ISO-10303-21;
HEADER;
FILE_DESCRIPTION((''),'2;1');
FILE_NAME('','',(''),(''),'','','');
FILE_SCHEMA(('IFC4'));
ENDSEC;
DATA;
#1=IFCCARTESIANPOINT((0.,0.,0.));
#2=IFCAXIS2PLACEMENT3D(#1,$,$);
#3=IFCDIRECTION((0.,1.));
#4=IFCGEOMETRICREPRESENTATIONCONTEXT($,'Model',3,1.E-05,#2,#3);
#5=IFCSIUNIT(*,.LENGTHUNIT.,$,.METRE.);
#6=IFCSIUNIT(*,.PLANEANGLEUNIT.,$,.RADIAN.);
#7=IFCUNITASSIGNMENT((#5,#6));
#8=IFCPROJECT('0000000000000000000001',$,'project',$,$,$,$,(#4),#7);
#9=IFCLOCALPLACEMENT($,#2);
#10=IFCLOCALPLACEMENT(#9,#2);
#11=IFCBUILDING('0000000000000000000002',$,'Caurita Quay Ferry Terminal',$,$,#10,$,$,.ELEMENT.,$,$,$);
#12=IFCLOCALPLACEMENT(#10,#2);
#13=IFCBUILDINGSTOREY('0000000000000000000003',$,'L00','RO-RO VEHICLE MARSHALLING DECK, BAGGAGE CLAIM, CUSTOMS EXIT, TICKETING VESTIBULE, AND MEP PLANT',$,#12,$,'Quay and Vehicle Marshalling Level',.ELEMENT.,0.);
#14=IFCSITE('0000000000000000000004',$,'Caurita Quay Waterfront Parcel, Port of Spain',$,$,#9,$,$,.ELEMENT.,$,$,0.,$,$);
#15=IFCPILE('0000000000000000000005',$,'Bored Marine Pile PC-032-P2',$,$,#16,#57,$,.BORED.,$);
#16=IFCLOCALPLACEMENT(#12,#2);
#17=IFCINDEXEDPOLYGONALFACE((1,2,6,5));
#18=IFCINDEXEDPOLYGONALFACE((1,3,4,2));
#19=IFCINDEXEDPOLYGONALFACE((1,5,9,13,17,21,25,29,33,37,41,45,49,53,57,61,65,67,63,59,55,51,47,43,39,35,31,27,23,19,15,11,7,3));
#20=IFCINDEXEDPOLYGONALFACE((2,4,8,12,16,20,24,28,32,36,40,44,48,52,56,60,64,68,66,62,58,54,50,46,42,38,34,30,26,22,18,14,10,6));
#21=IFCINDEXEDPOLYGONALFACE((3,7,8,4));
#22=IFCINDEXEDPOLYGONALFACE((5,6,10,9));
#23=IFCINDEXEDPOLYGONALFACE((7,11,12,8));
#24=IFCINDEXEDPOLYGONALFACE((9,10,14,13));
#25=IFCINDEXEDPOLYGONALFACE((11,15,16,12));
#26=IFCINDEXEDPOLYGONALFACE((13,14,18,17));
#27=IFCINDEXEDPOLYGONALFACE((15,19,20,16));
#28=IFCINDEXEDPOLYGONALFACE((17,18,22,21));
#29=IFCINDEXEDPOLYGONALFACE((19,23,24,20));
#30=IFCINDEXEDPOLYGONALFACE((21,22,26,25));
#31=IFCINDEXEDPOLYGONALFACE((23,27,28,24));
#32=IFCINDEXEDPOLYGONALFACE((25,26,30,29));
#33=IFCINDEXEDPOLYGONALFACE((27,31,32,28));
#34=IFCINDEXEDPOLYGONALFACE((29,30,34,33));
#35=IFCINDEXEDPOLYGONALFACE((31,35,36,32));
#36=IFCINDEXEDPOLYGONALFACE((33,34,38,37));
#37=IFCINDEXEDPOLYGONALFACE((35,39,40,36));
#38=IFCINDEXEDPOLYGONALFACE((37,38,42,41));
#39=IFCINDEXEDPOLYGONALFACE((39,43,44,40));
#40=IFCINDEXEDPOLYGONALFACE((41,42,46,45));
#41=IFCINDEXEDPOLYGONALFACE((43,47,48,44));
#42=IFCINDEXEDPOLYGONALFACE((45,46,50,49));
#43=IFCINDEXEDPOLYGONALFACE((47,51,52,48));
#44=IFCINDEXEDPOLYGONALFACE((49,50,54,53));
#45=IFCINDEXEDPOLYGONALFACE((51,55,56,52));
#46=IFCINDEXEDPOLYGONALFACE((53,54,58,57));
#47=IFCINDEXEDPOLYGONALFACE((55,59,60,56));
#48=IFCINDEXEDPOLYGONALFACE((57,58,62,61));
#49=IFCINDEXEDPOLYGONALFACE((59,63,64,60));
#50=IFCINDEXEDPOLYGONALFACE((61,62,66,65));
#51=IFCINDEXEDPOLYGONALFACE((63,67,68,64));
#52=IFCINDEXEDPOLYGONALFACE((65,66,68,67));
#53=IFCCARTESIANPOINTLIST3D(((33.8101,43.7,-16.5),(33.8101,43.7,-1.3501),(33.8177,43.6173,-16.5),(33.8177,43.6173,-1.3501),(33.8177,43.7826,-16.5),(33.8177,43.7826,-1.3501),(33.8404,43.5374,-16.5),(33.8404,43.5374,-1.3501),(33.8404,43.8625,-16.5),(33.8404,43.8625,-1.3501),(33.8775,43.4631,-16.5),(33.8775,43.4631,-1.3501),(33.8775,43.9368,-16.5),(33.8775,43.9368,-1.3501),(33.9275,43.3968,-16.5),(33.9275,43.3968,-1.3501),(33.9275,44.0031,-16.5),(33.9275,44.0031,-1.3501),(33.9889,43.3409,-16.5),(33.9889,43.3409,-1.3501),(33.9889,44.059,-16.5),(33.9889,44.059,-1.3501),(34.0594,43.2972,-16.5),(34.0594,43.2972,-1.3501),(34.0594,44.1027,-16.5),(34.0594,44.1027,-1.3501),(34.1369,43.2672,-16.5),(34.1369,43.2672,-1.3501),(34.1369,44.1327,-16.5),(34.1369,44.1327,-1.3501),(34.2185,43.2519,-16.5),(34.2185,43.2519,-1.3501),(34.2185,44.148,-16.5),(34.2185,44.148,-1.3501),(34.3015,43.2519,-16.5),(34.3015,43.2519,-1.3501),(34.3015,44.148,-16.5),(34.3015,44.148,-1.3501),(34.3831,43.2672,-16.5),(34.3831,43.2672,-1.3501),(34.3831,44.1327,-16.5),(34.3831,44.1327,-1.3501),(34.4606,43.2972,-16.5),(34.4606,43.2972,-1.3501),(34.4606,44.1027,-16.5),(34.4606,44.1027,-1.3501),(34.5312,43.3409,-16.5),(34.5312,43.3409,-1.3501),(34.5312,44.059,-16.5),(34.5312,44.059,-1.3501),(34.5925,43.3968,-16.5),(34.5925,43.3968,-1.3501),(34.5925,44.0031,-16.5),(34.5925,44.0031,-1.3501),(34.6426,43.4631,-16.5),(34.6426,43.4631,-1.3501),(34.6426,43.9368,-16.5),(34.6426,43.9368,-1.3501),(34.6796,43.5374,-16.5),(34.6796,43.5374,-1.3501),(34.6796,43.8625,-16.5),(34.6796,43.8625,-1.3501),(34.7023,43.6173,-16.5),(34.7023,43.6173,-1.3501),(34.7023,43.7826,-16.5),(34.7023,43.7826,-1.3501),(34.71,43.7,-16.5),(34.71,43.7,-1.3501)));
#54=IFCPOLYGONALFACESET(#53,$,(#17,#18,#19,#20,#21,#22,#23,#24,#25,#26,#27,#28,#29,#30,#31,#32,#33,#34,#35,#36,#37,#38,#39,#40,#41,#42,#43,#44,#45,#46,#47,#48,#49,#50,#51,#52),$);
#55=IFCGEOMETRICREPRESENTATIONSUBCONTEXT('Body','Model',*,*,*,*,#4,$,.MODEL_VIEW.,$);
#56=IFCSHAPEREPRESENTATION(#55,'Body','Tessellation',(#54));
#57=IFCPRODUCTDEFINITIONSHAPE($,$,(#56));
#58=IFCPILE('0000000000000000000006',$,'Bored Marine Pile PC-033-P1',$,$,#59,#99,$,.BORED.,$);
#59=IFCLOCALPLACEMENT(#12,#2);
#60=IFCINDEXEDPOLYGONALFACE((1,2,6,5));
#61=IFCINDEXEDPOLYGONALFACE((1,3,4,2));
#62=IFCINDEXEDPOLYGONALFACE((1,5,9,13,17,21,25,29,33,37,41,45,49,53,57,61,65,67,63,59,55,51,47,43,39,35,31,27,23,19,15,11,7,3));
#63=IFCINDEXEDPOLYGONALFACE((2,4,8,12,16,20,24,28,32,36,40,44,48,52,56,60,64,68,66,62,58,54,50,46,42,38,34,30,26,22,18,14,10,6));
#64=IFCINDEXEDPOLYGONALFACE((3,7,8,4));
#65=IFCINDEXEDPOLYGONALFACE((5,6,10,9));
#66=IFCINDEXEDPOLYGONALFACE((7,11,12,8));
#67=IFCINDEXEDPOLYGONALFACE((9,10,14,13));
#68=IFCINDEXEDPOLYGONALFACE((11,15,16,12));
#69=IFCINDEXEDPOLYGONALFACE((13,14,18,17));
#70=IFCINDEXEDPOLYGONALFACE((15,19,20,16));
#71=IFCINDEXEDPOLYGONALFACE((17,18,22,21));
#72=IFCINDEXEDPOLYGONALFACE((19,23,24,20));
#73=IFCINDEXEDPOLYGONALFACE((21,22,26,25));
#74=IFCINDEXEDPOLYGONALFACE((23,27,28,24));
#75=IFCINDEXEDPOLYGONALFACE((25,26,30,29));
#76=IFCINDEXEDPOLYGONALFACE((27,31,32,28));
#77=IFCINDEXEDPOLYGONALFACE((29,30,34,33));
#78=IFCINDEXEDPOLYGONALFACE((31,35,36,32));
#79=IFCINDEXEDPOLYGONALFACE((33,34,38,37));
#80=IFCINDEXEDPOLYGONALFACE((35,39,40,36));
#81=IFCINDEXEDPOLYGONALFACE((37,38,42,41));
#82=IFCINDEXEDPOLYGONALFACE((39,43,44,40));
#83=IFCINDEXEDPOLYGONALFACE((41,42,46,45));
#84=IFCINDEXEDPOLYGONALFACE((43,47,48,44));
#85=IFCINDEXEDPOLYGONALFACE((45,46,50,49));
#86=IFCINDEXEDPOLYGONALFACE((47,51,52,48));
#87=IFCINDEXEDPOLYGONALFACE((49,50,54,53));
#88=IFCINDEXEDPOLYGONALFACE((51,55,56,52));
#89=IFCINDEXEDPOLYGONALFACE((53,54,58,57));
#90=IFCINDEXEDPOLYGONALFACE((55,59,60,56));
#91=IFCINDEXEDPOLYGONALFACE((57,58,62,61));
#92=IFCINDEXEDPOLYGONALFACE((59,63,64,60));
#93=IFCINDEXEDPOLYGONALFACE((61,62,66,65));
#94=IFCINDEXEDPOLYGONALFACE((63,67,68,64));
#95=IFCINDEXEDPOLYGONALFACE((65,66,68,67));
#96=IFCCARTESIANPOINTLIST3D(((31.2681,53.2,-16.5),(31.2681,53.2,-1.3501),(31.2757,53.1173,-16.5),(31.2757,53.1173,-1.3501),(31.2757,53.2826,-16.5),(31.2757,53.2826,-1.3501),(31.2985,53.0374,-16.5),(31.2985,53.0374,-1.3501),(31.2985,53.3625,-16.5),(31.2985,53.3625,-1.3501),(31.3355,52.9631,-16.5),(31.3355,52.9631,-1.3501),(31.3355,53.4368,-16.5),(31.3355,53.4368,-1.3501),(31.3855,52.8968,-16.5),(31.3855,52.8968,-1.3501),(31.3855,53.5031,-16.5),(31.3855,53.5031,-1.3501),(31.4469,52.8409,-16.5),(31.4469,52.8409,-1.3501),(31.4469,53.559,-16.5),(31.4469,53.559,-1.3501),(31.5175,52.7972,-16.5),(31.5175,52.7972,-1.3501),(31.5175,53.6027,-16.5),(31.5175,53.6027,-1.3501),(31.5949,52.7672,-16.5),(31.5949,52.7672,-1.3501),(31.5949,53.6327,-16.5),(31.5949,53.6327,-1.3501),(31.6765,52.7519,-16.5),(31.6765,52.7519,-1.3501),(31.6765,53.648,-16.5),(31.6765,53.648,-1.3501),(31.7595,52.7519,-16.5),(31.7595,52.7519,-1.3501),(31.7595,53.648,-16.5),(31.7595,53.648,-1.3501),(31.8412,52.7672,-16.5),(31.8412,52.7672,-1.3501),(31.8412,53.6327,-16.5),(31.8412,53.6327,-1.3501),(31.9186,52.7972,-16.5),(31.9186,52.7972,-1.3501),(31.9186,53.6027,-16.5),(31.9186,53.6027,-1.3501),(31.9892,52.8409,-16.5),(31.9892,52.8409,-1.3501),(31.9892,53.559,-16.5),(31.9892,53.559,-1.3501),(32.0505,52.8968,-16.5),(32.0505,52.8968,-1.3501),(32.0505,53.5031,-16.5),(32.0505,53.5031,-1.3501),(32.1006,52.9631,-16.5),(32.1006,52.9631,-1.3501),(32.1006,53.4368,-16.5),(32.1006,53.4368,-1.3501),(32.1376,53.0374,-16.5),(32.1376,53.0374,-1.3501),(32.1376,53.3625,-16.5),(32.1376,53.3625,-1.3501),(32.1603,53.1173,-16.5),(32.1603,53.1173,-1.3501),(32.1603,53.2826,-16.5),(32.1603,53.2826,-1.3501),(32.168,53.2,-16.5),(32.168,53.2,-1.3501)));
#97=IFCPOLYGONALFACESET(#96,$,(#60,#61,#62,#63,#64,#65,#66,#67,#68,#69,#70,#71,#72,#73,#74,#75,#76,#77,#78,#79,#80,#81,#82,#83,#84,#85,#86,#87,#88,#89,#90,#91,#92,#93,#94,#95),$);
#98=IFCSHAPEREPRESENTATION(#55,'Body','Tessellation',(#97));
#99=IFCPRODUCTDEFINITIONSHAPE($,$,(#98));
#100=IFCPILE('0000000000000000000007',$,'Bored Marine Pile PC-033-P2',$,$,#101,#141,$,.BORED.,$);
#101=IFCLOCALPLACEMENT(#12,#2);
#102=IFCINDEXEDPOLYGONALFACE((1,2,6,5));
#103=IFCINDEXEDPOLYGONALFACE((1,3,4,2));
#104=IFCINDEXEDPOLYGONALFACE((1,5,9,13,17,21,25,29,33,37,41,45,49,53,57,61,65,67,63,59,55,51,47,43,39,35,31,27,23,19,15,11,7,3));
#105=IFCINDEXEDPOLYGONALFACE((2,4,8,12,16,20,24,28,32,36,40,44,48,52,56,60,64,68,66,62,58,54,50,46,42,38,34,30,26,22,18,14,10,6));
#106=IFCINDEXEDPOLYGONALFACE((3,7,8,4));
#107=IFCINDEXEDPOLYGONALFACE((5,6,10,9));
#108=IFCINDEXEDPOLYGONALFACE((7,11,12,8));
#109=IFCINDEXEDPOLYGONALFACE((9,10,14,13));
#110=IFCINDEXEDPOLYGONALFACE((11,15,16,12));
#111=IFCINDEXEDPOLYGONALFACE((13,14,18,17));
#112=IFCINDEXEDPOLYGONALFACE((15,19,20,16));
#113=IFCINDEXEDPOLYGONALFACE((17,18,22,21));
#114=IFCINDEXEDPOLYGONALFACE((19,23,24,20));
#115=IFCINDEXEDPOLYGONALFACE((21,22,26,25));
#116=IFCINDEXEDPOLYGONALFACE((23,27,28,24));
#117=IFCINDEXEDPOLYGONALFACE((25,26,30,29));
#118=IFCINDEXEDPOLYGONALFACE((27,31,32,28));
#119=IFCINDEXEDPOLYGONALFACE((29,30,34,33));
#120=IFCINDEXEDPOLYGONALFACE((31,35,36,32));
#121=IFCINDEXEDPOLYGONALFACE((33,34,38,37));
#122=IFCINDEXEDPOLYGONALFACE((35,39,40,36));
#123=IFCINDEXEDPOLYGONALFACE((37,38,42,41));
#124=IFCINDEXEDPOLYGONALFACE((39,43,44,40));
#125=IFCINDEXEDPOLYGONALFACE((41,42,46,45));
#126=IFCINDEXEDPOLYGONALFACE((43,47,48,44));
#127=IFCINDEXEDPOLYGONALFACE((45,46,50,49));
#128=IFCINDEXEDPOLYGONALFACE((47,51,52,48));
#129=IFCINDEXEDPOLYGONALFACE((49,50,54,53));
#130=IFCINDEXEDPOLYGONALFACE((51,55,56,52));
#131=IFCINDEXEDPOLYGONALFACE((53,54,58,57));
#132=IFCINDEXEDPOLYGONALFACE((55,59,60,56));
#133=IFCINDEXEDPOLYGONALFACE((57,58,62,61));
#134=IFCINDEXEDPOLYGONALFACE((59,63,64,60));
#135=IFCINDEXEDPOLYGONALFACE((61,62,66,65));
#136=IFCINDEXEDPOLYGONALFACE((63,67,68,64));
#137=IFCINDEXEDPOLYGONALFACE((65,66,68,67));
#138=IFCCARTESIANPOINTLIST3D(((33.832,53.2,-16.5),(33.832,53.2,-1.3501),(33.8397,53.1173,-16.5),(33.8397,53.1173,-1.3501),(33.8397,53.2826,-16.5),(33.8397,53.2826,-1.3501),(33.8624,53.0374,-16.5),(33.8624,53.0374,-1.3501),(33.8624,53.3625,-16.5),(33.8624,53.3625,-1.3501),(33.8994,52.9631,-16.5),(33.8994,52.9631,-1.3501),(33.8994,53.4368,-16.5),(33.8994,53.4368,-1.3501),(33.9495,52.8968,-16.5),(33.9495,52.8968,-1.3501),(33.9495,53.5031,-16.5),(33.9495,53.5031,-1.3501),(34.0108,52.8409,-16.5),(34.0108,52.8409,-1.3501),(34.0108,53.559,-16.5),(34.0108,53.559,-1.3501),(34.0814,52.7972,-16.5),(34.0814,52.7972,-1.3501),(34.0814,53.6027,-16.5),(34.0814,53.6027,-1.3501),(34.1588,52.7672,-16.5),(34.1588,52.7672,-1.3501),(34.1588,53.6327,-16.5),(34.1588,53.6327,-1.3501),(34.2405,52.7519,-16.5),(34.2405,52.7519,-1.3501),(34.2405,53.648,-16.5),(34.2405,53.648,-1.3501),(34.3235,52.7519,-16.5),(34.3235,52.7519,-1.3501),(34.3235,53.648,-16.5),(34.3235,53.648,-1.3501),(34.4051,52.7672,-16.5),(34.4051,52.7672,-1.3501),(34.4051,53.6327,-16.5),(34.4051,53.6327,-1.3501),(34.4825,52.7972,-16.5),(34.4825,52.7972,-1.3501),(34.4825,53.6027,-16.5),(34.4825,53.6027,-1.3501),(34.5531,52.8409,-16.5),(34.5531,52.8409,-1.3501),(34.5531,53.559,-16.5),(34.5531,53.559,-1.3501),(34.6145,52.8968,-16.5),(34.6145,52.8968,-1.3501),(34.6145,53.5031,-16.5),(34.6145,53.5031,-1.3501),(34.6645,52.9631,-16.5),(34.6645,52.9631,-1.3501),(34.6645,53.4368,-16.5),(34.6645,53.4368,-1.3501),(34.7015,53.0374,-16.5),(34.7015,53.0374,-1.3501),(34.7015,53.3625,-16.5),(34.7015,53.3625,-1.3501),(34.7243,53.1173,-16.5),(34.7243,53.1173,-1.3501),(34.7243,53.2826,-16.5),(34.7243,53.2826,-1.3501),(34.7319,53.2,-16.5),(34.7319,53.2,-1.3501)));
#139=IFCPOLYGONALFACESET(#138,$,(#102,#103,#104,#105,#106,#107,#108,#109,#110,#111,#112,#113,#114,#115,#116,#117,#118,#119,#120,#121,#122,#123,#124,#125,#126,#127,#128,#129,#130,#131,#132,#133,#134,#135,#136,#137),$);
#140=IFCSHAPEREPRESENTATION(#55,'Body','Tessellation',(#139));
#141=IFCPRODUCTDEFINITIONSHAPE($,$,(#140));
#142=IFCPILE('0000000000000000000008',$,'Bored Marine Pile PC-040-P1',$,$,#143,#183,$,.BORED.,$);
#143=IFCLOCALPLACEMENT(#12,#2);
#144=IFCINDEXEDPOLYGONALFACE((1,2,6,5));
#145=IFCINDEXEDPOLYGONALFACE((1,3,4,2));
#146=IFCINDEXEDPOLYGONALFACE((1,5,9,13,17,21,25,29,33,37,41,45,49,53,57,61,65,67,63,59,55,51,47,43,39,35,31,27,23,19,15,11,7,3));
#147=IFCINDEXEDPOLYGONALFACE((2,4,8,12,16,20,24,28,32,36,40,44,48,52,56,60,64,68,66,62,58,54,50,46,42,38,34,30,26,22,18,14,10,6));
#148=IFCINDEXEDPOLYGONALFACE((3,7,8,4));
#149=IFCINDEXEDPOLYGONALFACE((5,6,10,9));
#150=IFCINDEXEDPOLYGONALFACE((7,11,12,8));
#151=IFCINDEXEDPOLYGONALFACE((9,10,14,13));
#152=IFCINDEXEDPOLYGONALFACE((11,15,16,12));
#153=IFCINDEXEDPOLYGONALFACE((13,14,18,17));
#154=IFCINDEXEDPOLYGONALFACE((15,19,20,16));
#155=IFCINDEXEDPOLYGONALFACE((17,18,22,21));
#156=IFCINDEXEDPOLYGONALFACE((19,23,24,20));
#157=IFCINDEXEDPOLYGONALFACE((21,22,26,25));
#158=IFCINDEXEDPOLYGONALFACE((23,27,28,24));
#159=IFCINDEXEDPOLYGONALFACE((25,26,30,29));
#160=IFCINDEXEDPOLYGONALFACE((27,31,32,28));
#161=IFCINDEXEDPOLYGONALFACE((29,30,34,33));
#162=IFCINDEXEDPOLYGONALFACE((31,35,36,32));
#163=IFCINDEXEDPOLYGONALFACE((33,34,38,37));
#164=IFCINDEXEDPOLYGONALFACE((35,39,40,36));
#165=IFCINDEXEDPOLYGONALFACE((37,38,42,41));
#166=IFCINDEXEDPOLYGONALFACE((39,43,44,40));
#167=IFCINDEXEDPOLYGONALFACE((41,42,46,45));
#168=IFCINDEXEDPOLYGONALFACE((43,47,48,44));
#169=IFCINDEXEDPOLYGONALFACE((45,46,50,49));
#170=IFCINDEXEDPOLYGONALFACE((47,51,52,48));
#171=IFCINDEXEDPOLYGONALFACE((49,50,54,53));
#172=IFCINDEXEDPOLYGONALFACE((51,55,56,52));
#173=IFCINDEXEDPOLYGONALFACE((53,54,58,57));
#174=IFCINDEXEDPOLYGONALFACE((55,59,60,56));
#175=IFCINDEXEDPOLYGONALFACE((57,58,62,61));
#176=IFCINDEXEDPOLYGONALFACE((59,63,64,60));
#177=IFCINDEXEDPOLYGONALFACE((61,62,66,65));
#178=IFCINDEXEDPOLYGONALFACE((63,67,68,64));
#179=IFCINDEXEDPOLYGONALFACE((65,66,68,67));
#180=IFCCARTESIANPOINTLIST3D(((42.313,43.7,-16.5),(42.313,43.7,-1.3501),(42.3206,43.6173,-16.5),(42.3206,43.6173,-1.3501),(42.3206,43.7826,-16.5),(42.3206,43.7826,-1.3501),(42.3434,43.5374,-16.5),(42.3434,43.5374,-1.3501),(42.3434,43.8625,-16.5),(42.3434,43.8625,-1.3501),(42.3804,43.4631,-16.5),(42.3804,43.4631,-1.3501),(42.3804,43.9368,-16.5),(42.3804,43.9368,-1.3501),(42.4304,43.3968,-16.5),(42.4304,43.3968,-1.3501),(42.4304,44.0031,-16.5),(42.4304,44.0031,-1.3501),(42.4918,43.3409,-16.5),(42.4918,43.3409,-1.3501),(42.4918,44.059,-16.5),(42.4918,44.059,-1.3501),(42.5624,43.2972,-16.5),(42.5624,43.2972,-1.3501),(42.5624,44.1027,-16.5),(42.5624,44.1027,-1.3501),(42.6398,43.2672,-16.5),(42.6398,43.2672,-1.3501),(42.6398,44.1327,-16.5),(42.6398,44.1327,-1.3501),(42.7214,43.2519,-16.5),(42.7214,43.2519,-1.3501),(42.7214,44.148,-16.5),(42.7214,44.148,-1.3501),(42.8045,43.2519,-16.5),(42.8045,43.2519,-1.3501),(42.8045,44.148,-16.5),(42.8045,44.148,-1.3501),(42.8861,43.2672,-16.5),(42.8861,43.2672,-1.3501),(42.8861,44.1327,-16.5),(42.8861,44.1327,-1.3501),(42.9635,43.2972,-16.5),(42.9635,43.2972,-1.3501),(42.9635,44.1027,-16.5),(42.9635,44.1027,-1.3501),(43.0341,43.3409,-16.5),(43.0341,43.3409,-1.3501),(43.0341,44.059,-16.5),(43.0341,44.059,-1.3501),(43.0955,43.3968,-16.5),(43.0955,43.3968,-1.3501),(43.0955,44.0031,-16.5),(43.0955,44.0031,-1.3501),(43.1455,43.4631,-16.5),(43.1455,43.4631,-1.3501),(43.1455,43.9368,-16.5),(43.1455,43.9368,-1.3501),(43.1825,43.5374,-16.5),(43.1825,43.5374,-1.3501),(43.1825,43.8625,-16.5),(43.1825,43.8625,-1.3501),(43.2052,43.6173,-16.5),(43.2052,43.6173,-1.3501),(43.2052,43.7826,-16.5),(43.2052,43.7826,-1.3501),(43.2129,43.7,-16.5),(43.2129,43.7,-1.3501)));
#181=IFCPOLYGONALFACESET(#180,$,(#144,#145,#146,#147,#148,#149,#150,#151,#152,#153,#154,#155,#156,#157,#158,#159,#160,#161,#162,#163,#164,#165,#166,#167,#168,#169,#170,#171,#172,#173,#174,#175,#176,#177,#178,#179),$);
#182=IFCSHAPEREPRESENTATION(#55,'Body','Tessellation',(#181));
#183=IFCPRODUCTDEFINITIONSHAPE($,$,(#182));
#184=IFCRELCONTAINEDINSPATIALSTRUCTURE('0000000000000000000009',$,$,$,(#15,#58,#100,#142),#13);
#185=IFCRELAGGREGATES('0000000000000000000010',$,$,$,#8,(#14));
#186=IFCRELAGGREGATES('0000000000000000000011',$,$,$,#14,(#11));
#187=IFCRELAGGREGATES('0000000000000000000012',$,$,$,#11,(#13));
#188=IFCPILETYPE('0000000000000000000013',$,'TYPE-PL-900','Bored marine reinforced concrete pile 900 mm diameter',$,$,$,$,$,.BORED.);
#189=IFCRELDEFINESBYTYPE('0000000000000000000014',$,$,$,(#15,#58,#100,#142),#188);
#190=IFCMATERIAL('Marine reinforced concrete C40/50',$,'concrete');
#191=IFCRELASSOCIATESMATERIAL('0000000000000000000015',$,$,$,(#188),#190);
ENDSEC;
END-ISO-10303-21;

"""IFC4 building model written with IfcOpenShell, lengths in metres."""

from ifc_helpers import new_model, si_unit, direction, frame, origin, origin_2d, place, context, subcontext, project, spatial, circle, extrude, material, material_profile, profile_set, type_object, element, save


model = new_model("IFC4")

# Units and contexts
model_context = context("Model", 3, precision=1e-05, world=origin(), true_north=direction((0.0, 1.0)))
body_context = subcontext(model_context, "Body", "Model", "MODEL_VIEW")
ifc_project = project(units=[si_unit("LENGTHUNIT", "METRE"), si_unit("PLANEANGLEUNIT", "RADIAN")], contexts=[model_context])

# Site, building, storey
site_placement = place(None, origin())
site = spatial("IfcSite", under=ifc_project, at=site_placement, Name="Caurita Quay Waterfront Parcel, Port of Spain", CompositionType="ELEMENT", RefElevation=0.0)
building_placement = place(site_placement, origin())
building = spatial("IfcBuilding", under=site, at=building_placement, Name="Caurita Quay Ferry Terminal", CompositionType="ELEMENT")
storey_placement = place(building_placement, origin())
storey = spatial("IfcBuildingStorey", under=building, at=storey_placement, Name="L00", Description="RO-RO VEHICLE MARSHALLING DECK, BAGGAGE CLAIM, CUSTOMS EXIT, TICKETING VESTIBULE, AND MEP PLANT", LongName="Quay and Vehicle Marshalling Level", CompositionType="ELEMENT", Elevation=0.0)

# Piles
ifc_material_1 = material(Name="Marine reinforced concrete C40/50", Category="concrete")
ifc_material_profile_1 = material_profile(ifc_material_1, circle(Radius=0.45, at=origin_2d()), Name="PILE-D900")
ifc_profile_set_1 = profile_set([ifc_material_profile_1], Name="Marine reinforced concrete C40/50")
pile_type_1 = type_object("IfcPileType", Name="TYPE-PL-900", Description="Bored marine reinforced concrete pile 900 mm diameter", PredefinedType="BORED", material=ifc_profile_set_1)
for number, where, z_axis, x_axis, name in (
    (1, (34.26, 43.7, -1.3501), (0.0, 0.0, -1.0), (1.0, 0.0, 0.0), "Bored Marine Pile PC-032-P2"),
    (2, (31.718, 53.2, -1.3501), (0.0, 0.0, -1.0), (1.0, 0.0, 0.0), "Bored Marine Pile PC-033-P1"),
    (3, (34.282, 53.2, -1.3501), (0.0, 0.0, -1.0), (1.0, 0.0, 0.0), "Bored Marine Pile PC-033-P2"),
    (4, (42.7629, 43.7, -1.3501), (0.0, 0.0, -1.0), (1.0, 0.0, 0.0), "Bored Marine Pile PC-040-P1"),
):
    element("IfcPile", number, at=place(storey_placement, frame(where, z_axis=z_axis, x_axis=x_axis)), inside=storey, type_object=pile_type_1, Name=name, PredefinedType="BORED", context=body_context, shape_type="SweptSolid", body=[
        extrude(circle(Radius=0.45, at=origin_2d()), origin(), (0.0, 0.0, 1.0), 15.1499),
    ])

save(model, "model.ifc")
